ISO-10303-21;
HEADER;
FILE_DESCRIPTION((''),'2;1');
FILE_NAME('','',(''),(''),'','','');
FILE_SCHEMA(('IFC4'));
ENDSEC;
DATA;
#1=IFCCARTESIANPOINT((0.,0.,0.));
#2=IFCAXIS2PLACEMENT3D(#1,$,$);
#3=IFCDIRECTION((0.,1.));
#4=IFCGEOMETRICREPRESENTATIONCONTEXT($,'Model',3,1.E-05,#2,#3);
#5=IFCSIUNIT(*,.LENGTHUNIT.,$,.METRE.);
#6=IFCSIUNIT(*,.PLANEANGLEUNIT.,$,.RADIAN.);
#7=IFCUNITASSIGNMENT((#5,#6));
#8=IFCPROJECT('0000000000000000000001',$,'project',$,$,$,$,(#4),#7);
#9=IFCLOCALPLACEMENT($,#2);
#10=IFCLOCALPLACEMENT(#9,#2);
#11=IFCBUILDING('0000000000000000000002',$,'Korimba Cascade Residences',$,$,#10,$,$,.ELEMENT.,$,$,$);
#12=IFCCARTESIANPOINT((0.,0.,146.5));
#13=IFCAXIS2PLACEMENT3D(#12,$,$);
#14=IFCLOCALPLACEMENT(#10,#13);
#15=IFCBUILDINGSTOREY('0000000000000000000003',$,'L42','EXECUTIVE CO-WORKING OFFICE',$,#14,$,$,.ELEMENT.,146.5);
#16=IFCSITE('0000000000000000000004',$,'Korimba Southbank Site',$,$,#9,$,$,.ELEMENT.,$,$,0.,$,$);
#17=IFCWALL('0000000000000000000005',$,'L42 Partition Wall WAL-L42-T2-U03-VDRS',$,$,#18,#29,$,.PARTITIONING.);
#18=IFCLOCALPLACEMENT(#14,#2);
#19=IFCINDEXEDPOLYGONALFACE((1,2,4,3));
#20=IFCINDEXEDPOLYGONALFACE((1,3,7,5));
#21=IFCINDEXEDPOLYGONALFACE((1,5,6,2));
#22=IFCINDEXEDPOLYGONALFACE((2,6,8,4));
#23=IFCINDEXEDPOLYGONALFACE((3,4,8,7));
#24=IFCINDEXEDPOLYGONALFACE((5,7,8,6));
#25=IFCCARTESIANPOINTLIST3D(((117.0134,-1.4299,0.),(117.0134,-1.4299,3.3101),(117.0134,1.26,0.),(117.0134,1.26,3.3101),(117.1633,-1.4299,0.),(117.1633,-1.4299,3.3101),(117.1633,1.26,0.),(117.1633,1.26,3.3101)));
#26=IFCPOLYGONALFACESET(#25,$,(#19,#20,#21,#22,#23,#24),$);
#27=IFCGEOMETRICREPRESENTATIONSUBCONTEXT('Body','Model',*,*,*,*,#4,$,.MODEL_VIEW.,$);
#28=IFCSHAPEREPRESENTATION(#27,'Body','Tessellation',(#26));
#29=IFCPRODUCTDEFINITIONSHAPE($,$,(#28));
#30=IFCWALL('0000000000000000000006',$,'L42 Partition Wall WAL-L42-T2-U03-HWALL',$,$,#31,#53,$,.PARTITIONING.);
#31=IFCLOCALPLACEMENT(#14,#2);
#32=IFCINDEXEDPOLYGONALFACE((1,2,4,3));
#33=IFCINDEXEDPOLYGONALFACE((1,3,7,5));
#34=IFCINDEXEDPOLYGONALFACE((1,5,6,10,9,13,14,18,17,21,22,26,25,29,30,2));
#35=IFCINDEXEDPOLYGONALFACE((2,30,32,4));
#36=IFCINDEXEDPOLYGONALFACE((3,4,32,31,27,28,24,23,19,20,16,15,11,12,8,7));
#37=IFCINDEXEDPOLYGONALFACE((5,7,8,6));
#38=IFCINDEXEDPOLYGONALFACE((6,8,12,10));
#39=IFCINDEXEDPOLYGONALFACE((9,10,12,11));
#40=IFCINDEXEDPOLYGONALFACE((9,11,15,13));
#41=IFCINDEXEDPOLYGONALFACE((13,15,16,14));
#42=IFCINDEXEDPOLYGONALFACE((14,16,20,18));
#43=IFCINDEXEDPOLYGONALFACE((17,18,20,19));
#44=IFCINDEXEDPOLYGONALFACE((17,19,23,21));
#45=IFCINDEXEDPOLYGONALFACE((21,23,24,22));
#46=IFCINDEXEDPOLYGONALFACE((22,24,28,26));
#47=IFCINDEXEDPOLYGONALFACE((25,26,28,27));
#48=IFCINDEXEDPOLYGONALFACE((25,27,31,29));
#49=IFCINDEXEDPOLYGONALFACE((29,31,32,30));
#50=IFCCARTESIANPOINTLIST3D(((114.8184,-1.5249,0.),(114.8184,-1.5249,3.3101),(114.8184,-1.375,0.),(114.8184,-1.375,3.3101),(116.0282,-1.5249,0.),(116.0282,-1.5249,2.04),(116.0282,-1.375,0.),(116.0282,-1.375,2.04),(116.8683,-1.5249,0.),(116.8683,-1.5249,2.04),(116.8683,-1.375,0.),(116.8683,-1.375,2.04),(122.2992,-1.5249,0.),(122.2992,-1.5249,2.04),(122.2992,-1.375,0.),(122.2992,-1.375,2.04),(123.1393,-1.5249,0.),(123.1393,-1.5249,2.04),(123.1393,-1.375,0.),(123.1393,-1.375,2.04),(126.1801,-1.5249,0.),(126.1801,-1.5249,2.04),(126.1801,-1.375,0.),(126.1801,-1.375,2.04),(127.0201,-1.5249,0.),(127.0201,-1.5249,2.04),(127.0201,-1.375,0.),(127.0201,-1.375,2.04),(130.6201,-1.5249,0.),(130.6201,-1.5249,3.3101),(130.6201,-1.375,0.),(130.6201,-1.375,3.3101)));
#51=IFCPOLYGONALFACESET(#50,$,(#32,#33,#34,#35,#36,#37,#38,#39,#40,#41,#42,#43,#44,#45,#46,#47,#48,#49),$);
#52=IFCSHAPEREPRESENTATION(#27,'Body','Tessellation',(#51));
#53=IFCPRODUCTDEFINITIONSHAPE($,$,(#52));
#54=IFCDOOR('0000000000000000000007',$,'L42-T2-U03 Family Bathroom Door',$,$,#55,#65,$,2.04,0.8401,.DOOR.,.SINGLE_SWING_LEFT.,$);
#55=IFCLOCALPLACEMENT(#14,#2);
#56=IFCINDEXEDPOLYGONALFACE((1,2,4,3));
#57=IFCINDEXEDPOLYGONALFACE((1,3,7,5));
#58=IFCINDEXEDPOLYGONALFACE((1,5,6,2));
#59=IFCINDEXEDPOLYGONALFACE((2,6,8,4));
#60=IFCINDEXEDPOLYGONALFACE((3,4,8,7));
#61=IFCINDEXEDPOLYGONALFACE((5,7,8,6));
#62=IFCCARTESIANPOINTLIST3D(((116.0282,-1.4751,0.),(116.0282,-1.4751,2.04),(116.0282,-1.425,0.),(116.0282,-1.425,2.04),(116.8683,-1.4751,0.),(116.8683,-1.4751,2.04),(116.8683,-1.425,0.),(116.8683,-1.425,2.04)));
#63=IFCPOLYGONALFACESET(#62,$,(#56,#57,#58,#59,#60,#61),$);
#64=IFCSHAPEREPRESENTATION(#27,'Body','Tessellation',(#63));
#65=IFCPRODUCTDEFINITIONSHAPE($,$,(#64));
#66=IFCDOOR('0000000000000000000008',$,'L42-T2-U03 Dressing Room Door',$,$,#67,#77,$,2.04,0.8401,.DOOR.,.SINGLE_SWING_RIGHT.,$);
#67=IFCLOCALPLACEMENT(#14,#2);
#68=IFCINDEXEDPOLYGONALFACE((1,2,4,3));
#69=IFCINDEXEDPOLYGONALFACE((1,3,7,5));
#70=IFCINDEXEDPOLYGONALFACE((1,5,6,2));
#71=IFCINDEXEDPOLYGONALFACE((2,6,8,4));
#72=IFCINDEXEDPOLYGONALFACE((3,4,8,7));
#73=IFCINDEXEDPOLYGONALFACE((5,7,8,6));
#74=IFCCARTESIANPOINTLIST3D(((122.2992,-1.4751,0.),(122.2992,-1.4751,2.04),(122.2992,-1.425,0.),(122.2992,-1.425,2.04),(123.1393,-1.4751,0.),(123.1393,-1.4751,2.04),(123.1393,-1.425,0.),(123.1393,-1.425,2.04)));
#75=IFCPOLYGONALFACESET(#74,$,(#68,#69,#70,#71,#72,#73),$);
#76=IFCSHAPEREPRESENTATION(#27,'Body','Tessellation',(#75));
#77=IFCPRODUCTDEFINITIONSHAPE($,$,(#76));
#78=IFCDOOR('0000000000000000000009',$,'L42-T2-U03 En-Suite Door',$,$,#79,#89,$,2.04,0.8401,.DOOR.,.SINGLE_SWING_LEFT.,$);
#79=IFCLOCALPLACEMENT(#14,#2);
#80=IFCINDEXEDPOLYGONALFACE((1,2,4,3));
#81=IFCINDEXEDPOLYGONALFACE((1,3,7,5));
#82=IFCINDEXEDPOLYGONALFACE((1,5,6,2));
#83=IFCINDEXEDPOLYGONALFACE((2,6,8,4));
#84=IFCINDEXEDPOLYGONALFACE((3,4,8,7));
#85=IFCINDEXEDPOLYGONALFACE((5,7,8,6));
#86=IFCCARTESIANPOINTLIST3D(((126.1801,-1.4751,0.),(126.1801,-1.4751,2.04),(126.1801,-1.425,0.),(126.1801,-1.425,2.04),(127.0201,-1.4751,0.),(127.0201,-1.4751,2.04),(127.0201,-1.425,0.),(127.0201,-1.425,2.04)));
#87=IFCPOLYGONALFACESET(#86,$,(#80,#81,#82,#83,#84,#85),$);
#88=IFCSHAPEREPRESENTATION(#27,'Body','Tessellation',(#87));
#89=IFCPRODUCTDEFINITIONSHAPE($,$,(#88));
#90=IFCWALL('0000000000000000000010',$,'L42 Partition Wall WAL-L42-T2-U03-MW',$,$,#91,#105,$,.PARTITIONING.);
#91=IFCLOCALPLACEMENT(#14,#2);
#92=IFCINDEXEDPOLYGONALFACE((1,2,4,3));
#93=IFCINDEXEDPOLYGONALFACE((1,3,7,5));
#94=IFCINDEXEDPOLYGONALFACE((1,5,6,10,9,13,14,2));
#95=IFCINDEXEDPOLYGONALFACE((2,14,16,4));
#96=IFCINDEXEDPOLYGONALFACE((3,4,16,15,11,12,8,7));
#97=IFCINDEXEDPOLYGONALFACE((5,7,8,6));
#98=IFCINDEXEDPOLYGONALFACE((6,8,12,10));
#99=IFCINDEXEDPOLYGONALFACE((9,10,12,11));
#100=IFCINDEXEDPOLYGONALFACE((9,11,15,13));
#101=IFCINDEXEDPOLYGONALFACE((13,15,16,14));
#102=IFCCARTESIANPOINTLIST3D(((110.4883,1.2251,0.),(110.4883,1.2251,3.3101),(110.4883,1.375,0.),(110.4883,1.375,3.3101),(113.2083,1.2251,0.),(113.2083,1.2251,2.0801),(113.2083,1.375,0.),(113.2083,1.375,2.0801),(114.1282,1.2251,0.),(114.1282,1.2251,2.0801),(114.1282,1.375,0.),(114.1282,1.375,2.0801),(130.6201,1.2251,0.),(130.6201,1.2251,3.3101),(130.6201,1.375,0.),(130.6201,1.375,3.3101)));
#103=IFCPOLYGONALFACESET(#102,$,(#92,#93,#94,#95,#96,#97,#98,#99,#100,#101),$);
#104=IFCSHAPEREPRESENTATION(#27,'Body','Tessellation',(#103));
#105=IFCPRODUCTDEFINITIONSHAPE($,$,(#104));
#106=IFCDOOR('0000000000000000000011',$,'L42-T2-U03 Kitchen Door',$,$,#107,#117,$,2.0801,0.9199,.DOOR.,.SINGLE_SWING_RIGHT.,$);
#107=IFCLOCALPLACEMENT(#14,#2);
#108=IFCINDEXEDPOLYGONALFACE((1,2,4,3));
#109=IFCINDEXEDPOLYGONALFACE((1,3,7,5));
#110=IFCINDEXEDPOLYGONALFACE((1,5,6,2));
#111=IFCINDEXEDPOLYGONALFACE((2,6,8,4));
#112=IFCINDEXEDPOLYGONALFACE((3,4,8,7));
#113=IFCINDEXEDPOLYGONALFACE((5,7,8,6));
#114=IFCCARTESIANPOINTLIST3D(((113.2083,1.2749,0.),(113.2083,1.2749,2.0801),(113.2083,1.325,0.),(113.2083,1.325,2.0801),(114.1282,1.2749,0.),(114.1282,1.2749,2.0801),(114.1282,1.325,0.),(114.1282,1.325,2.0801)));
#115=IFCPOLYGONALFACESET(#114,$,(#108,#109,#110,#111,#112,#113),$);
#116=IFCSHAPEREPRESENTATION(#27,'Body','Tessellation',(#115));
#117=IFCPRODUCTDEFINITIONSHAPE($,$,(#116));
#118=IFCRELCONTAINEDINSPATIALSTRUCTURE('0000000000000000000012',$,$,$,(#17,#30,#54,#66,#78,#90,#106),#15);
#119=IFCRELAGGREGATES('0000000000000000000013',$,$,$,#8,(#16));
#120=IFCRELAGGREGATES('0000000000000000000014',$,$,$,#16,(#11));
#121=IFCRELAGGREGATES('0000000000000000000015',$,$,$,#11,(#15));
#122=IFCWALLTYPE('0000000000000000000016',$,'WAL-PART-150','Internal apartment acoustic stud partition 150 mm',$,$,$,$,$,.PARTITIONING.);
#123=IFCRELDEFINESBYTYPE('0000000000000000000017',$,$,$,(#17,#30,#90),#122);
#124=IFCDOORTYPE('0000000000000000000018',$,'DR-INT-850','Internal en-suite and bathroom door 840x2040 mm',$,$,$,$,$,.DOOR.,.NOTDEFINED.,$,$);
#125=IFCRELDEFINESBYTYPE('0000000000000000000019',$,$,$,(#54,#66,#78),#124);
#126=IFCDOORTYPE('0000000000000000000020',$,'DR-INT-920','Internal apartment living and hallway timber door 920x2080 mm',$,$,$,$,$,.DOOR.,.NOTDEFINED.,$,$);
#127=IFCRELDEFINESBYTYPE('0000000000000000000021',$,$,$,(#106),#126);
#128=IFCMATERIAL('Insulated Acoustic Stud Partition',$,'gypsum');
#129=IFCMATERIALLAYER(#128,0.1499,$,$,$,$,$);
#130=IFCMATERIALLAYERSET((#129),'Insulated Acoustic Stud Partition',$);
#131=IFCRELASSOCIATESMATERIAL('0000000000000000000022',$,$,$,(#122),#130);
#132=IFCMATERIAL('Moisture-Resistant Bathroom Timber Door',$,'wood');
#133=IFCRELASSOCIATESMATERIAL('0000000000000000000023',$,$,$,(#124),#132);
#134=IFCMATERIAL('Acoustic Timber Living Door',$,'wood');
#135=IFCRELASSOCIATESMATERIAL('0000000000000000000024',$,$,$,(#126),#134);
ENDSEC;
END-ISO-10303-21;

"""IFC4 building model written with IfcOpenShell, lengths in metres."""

from ifc_helpers import new_model, si_unit, direction, frame, frame_2d, origin, place, context, subcontext, project, spatial, rectangle, extrude, material, layer, layer_set, type_object, element, fill, save


model = new_model("IFC4")

# Units and contexts
model_context = context("Model", 3, precision=1e-05, world=origin(), true_north=direction((0.0, 1.0)))
body_context = subcontext(model_context, "Body", "Model", "MODEL_VIEW")
ifc_project = project(units=[si_unit("LENGTHUNIT", "METRE"), si_unit("PLANEANGLEUNIT", "RADIAN")], contexts=[model_context])

# Site, building, storey
site_placement = place(None, origin())
site = spatial("IfcSite", under=ifc_project, at=site_placement, Name="Korimba Southbank Site", CompositionType="ELEMENT", RefElevation=0.0)
building_placement = place(site_placement, origin())
building = spatial("IfcBuilding", under=site, at=building_placement, Name="Korimba Cascade Residences", CompositionType="ELEMENT")
storey_placement = place(building_placement, frame((0.0, 0.0, 146.5)))
storey = spatial("IfcBuildingStorey", under=building, at=storey_placement, Name="L42", Description="EXECUTIVE CO-WORKING OFFICE", CompositionType="ELEMENT", Elevation=146.5)

# Shared definitions
ifc_material_1 = material(Name="Insulated Acoustic Stud Partition", Category="gypsum")
ifc_layer = layer(ifc_material_1, 0.1499)
ifc_layer_set = layer_set([ifc_layer], Name="Insulated Acoustic Stud Partition")
wall_type = type_object("IfcWallType", Name="WAL-PART-150", Description="Internal apartment acoustic stud partition 150 mm", PredefinedType="PARTITIONING", material=ifc_layer_set)
ifc_material_2 = material(Name="Moisture-Resistant Bathroom Timber Door", Category="wood")
door_type_1 = type_object("IfcDoorType", Name="DR-INT-850", Description="Internal en-suite and bathroom door 840x2040 mm", OperationType="NOTDEFINED", PredefinedType="DOOR", material=ifc_material_2)

# Wall
wall_1_placement = place(storey_placement, frame((117.0884, -1.4299, 0.0), z_axis=(0.0, 0.0, 1.0), x_axis=(0.0, 1.0, 0.0)))
element("IfcWall", 1, at=wall_1_placement, inside=storey, type_object=wall_type, Name="L42 Partition Wall WAL-L42-T2-U03-VDRS", PredefinedType="PARTITIONING", context=body_context, shape_type="SweptSolid", body=[
    extrude(rectangle(XDim=2.6899, YDim=0.1499, at=frame_2d((1.345, 0.0))), origin(), (0.0, 0.0, 1.0), 3.3101),
])

# Wall, openings, doors
wall_2_placement = place(storey_placement, frame((114.8184, -1.45, 0.0), z_axis=(0.0, 0.0, 1.0), x_axis=(1.0, 0.0, 0.0)))
wall_2 = element("IfcWall", 2, at=wall_2_placement, inside=storey, type_object=wall_type, Name="L42 Partition Wall WAL-L42-T2-U03-HWALL", PredefinedType="PARTITIONING", context=body_context, shape_type="SweptSolid", body=[
    extrude(rectangle(XDim=15.8018, YDim=0.1499, at=frame_2d((7.9009, 0.0))), origin(), (0.0, 0.0, 1.0), 3.3101),
])
opening_1_placement = place(wall_2_placement, frame((1.21, 0.0, 0.0)))
opening_1 = element("IfcOpeningElement", 3, at=opening_1_placement, cuts=wall_2, PredefinedType="OPENING", context=body_context, shape_type="SweptSolid", body=[
    extrude(rectangle(XDim=0.8401, YDim=2.04, at=frame_2d((0.4199, 1.02))), frame((0.0, 0.085, 0.0), z_axis=(0.0, -1.0, 0.0), x_axis=(1.0, 0.0, 0.0)), (0.0, 0.0, 1.0), 0.1699),
])
opening_2_placement = place(wall_2_placement, frame((7.481, 0.0, 0.0)))
opening_2 = element("IfcOpeningElement", 4, at=opening_2_placement, cuts=wall_2, PredefinedType="OPENING", context=body_context, shape_type="SweptSolid", body=[
    extrude(rectangle(XDim=0.8401, YDim=2.04, at=frame_2d((0.4199, 1.02))), frame((0.0, 0.085, 0.0), z_axis=(0.0, -1.0, 0.0), x_axis=(1.0, 0.0, 0.0)), (0.0, 0.0, 1.0), 0.1699),
])
opening_3_placement = place(wall_2_placement, frame((11.3618, 0.0, 0.0)))
opening_3 = element("IfcOpeningElement", 5, at=opening_3_placement, cuts=wall_2, PredefinedType="OPENING", context=body_context, shape_type="SweptSolid", body=[
    extrude(rectangle(XDim=0.8401, YDim=2.04, at=frame_2d((0.4199, 1.02))), frame((0.0, 0.085, 0.0), z_axis=(0.0, -1.0, 0.0), x_axis=(1.0, 0.0, 0.0)), (0.0, 0.0, 1.0), 0.1699),
])
door_1_placement = place(opening_1_placement, origin())
door_1 = element("IfcDoor", 6, at=door_1_placement, inside=storey, type_object=door_type_1, Name="L42-T2-U03 Family Bathroom Door", OperationType="SINGLE_SWING_LEFT", OverallHeight=2.04, OverallWidth=0.8401, PredefinedType="DOOR", context=body_context, shape_type="SweptSolid", body=[
    extrude(rectangle(XDim=0.8401, YDim=2.04, at=frame_2d((0.4199, 1.02))), frame((0.0, 0.0249, 0.0), z_axis=(0.0, -1.0, 0.0), x_axis=(1.0, 0.0, 0.0)), (0.0, 0.0, 1.0), 0.05),
])
fill(opening_1, door_1)
door_2_placement = place(opening_2_placement, origin())
door_2 = element("IfcDoor", 7, at=door_2_placement, inside=storey, type_object=door_type_1, Name="L42-T2-U03 Dressing Room Door", OperationType="SINGLE_SWING_RIGHT", OverallHeight=2.04, OverallWidth=0.8401, PredefinedType="DOOR", context=body_context, shape_type="SweptSolid", body=[
    extrude(rectangle(XDim=0.8401, YDim=2.04, at=frame_2d((0.4199, 1.02))), frame((0.0, 0.0249, 0.0), z_axis=(0.0, -1.0, 0.0), x_axis=(1.0, 0.0, 0.0)), (0.0, 0.0, 1.0), 0.05),
])
fill(opening_2, door_2)
door_3_placement = place(opening_3_placement, origin())
door_3 = element("IfcDoor", 8, at=door_3_placement, inside=storey, type_object=door_type_1, Name="L42-T2-U03 En-Suite Door", OperationType="SINGLE_SWING_LEFT", OverallHeight=2.04, OverallWidth=0.8401, PredefinedType="DOOR", context=body_context, shape_type="SweptSolid", body=[
    extrude(rectangle(XDim=0.8401, YDim=2.04, at=frame_2d((0.4199, 1.02))), frame((0.0, 0.0249, 0.0), z_axis=(0.0, -1.0, 0.0), x_axis=(1.0, 0.0, 0.0)), (0.0, 0.0, 1.0), 0.05),
])
fill(opening_3, door_3)

# Wall, opening, door
wall_3_placement = place(storey_placement, frame((110.4883, 1.3, 0.0), z_axis=(0.0, 0.0, 1.0), x_axis=(1.0, 0.0, 0.0)))
wall_3 = element("IfcWall", 9, at=wall_3_placement, inside=storey, type_object=wall_type, Name="L42 Partition Wall WAL-L42-T2-U03-MW", PredefinedType="PARTITIONING", context=body_context, shape_type="SweptSolid", body=[
    extrude(rectangle(XDim=20.1318, YDim=0.1499, at=frame_2d((10.0659, 0.0))), origin(), (0.0, 0.0, 1.0), 3.3101),
])
opening_4_placement = place(wall_3_placement, frame((2.72, 0.0, 0.0)))
opening_4 = element("IfcOpeningElement", 10, at=opening_4_placement, cuts=wall_3, PredefinedType="OPENING", context=body_context, shape_type="SweptSolid", body=[
    extrude(rectangle(XDim=0.9199, YDim=2.0801, at=frame_2d((0.46, 1.04))), frame((0.0, 0.085, 0.0), z_axis=(0.0, -1.0, 0.0), x_axis=(1.0, 0.0, 0.0)), (0.0, 0.0, 1.0), 0.1699),
])
ifc_material_3 = material(Name="Acoustic Timber Living Door", Category="wood")
door_type_2 = type_object("IfcDoorType", Name="DR-INT-920", Description="Internal apartment living and hallway timber door 920x2080 mm", OperationType="NOTDEFINED", PredefinedType="DOOR", material=ifc_material_3)
door_4_placement = place(opening_4_placement, origin())
door_4 = element("IfcDoor", 11, at=door_4_placement, inside=storey, type_object=door_type_2, Name="L42-T2-U03 Kitchen Door", OperationType="SINGLE_SWING_RIGHT", OverallHeight=2.0801, OverallWidth=0.9199, PredefinedType="DOOR", context=body_context, shape_type="SweptSolid", body=[
    extrude(rectangle(XDim=0.9199, YDim=2.0801, at=frame_2d((0.46, 1.04))), frame((0.0, 0.0249, 0.0), z_axis=(0.0, -1.0, 0.0), x_axis=(1.0, 0.0, 0.0)), (0.0, 0.0, 1.0), 0.05),
])
fill(opening_4, door_4)

save(model, "model.ifc")
